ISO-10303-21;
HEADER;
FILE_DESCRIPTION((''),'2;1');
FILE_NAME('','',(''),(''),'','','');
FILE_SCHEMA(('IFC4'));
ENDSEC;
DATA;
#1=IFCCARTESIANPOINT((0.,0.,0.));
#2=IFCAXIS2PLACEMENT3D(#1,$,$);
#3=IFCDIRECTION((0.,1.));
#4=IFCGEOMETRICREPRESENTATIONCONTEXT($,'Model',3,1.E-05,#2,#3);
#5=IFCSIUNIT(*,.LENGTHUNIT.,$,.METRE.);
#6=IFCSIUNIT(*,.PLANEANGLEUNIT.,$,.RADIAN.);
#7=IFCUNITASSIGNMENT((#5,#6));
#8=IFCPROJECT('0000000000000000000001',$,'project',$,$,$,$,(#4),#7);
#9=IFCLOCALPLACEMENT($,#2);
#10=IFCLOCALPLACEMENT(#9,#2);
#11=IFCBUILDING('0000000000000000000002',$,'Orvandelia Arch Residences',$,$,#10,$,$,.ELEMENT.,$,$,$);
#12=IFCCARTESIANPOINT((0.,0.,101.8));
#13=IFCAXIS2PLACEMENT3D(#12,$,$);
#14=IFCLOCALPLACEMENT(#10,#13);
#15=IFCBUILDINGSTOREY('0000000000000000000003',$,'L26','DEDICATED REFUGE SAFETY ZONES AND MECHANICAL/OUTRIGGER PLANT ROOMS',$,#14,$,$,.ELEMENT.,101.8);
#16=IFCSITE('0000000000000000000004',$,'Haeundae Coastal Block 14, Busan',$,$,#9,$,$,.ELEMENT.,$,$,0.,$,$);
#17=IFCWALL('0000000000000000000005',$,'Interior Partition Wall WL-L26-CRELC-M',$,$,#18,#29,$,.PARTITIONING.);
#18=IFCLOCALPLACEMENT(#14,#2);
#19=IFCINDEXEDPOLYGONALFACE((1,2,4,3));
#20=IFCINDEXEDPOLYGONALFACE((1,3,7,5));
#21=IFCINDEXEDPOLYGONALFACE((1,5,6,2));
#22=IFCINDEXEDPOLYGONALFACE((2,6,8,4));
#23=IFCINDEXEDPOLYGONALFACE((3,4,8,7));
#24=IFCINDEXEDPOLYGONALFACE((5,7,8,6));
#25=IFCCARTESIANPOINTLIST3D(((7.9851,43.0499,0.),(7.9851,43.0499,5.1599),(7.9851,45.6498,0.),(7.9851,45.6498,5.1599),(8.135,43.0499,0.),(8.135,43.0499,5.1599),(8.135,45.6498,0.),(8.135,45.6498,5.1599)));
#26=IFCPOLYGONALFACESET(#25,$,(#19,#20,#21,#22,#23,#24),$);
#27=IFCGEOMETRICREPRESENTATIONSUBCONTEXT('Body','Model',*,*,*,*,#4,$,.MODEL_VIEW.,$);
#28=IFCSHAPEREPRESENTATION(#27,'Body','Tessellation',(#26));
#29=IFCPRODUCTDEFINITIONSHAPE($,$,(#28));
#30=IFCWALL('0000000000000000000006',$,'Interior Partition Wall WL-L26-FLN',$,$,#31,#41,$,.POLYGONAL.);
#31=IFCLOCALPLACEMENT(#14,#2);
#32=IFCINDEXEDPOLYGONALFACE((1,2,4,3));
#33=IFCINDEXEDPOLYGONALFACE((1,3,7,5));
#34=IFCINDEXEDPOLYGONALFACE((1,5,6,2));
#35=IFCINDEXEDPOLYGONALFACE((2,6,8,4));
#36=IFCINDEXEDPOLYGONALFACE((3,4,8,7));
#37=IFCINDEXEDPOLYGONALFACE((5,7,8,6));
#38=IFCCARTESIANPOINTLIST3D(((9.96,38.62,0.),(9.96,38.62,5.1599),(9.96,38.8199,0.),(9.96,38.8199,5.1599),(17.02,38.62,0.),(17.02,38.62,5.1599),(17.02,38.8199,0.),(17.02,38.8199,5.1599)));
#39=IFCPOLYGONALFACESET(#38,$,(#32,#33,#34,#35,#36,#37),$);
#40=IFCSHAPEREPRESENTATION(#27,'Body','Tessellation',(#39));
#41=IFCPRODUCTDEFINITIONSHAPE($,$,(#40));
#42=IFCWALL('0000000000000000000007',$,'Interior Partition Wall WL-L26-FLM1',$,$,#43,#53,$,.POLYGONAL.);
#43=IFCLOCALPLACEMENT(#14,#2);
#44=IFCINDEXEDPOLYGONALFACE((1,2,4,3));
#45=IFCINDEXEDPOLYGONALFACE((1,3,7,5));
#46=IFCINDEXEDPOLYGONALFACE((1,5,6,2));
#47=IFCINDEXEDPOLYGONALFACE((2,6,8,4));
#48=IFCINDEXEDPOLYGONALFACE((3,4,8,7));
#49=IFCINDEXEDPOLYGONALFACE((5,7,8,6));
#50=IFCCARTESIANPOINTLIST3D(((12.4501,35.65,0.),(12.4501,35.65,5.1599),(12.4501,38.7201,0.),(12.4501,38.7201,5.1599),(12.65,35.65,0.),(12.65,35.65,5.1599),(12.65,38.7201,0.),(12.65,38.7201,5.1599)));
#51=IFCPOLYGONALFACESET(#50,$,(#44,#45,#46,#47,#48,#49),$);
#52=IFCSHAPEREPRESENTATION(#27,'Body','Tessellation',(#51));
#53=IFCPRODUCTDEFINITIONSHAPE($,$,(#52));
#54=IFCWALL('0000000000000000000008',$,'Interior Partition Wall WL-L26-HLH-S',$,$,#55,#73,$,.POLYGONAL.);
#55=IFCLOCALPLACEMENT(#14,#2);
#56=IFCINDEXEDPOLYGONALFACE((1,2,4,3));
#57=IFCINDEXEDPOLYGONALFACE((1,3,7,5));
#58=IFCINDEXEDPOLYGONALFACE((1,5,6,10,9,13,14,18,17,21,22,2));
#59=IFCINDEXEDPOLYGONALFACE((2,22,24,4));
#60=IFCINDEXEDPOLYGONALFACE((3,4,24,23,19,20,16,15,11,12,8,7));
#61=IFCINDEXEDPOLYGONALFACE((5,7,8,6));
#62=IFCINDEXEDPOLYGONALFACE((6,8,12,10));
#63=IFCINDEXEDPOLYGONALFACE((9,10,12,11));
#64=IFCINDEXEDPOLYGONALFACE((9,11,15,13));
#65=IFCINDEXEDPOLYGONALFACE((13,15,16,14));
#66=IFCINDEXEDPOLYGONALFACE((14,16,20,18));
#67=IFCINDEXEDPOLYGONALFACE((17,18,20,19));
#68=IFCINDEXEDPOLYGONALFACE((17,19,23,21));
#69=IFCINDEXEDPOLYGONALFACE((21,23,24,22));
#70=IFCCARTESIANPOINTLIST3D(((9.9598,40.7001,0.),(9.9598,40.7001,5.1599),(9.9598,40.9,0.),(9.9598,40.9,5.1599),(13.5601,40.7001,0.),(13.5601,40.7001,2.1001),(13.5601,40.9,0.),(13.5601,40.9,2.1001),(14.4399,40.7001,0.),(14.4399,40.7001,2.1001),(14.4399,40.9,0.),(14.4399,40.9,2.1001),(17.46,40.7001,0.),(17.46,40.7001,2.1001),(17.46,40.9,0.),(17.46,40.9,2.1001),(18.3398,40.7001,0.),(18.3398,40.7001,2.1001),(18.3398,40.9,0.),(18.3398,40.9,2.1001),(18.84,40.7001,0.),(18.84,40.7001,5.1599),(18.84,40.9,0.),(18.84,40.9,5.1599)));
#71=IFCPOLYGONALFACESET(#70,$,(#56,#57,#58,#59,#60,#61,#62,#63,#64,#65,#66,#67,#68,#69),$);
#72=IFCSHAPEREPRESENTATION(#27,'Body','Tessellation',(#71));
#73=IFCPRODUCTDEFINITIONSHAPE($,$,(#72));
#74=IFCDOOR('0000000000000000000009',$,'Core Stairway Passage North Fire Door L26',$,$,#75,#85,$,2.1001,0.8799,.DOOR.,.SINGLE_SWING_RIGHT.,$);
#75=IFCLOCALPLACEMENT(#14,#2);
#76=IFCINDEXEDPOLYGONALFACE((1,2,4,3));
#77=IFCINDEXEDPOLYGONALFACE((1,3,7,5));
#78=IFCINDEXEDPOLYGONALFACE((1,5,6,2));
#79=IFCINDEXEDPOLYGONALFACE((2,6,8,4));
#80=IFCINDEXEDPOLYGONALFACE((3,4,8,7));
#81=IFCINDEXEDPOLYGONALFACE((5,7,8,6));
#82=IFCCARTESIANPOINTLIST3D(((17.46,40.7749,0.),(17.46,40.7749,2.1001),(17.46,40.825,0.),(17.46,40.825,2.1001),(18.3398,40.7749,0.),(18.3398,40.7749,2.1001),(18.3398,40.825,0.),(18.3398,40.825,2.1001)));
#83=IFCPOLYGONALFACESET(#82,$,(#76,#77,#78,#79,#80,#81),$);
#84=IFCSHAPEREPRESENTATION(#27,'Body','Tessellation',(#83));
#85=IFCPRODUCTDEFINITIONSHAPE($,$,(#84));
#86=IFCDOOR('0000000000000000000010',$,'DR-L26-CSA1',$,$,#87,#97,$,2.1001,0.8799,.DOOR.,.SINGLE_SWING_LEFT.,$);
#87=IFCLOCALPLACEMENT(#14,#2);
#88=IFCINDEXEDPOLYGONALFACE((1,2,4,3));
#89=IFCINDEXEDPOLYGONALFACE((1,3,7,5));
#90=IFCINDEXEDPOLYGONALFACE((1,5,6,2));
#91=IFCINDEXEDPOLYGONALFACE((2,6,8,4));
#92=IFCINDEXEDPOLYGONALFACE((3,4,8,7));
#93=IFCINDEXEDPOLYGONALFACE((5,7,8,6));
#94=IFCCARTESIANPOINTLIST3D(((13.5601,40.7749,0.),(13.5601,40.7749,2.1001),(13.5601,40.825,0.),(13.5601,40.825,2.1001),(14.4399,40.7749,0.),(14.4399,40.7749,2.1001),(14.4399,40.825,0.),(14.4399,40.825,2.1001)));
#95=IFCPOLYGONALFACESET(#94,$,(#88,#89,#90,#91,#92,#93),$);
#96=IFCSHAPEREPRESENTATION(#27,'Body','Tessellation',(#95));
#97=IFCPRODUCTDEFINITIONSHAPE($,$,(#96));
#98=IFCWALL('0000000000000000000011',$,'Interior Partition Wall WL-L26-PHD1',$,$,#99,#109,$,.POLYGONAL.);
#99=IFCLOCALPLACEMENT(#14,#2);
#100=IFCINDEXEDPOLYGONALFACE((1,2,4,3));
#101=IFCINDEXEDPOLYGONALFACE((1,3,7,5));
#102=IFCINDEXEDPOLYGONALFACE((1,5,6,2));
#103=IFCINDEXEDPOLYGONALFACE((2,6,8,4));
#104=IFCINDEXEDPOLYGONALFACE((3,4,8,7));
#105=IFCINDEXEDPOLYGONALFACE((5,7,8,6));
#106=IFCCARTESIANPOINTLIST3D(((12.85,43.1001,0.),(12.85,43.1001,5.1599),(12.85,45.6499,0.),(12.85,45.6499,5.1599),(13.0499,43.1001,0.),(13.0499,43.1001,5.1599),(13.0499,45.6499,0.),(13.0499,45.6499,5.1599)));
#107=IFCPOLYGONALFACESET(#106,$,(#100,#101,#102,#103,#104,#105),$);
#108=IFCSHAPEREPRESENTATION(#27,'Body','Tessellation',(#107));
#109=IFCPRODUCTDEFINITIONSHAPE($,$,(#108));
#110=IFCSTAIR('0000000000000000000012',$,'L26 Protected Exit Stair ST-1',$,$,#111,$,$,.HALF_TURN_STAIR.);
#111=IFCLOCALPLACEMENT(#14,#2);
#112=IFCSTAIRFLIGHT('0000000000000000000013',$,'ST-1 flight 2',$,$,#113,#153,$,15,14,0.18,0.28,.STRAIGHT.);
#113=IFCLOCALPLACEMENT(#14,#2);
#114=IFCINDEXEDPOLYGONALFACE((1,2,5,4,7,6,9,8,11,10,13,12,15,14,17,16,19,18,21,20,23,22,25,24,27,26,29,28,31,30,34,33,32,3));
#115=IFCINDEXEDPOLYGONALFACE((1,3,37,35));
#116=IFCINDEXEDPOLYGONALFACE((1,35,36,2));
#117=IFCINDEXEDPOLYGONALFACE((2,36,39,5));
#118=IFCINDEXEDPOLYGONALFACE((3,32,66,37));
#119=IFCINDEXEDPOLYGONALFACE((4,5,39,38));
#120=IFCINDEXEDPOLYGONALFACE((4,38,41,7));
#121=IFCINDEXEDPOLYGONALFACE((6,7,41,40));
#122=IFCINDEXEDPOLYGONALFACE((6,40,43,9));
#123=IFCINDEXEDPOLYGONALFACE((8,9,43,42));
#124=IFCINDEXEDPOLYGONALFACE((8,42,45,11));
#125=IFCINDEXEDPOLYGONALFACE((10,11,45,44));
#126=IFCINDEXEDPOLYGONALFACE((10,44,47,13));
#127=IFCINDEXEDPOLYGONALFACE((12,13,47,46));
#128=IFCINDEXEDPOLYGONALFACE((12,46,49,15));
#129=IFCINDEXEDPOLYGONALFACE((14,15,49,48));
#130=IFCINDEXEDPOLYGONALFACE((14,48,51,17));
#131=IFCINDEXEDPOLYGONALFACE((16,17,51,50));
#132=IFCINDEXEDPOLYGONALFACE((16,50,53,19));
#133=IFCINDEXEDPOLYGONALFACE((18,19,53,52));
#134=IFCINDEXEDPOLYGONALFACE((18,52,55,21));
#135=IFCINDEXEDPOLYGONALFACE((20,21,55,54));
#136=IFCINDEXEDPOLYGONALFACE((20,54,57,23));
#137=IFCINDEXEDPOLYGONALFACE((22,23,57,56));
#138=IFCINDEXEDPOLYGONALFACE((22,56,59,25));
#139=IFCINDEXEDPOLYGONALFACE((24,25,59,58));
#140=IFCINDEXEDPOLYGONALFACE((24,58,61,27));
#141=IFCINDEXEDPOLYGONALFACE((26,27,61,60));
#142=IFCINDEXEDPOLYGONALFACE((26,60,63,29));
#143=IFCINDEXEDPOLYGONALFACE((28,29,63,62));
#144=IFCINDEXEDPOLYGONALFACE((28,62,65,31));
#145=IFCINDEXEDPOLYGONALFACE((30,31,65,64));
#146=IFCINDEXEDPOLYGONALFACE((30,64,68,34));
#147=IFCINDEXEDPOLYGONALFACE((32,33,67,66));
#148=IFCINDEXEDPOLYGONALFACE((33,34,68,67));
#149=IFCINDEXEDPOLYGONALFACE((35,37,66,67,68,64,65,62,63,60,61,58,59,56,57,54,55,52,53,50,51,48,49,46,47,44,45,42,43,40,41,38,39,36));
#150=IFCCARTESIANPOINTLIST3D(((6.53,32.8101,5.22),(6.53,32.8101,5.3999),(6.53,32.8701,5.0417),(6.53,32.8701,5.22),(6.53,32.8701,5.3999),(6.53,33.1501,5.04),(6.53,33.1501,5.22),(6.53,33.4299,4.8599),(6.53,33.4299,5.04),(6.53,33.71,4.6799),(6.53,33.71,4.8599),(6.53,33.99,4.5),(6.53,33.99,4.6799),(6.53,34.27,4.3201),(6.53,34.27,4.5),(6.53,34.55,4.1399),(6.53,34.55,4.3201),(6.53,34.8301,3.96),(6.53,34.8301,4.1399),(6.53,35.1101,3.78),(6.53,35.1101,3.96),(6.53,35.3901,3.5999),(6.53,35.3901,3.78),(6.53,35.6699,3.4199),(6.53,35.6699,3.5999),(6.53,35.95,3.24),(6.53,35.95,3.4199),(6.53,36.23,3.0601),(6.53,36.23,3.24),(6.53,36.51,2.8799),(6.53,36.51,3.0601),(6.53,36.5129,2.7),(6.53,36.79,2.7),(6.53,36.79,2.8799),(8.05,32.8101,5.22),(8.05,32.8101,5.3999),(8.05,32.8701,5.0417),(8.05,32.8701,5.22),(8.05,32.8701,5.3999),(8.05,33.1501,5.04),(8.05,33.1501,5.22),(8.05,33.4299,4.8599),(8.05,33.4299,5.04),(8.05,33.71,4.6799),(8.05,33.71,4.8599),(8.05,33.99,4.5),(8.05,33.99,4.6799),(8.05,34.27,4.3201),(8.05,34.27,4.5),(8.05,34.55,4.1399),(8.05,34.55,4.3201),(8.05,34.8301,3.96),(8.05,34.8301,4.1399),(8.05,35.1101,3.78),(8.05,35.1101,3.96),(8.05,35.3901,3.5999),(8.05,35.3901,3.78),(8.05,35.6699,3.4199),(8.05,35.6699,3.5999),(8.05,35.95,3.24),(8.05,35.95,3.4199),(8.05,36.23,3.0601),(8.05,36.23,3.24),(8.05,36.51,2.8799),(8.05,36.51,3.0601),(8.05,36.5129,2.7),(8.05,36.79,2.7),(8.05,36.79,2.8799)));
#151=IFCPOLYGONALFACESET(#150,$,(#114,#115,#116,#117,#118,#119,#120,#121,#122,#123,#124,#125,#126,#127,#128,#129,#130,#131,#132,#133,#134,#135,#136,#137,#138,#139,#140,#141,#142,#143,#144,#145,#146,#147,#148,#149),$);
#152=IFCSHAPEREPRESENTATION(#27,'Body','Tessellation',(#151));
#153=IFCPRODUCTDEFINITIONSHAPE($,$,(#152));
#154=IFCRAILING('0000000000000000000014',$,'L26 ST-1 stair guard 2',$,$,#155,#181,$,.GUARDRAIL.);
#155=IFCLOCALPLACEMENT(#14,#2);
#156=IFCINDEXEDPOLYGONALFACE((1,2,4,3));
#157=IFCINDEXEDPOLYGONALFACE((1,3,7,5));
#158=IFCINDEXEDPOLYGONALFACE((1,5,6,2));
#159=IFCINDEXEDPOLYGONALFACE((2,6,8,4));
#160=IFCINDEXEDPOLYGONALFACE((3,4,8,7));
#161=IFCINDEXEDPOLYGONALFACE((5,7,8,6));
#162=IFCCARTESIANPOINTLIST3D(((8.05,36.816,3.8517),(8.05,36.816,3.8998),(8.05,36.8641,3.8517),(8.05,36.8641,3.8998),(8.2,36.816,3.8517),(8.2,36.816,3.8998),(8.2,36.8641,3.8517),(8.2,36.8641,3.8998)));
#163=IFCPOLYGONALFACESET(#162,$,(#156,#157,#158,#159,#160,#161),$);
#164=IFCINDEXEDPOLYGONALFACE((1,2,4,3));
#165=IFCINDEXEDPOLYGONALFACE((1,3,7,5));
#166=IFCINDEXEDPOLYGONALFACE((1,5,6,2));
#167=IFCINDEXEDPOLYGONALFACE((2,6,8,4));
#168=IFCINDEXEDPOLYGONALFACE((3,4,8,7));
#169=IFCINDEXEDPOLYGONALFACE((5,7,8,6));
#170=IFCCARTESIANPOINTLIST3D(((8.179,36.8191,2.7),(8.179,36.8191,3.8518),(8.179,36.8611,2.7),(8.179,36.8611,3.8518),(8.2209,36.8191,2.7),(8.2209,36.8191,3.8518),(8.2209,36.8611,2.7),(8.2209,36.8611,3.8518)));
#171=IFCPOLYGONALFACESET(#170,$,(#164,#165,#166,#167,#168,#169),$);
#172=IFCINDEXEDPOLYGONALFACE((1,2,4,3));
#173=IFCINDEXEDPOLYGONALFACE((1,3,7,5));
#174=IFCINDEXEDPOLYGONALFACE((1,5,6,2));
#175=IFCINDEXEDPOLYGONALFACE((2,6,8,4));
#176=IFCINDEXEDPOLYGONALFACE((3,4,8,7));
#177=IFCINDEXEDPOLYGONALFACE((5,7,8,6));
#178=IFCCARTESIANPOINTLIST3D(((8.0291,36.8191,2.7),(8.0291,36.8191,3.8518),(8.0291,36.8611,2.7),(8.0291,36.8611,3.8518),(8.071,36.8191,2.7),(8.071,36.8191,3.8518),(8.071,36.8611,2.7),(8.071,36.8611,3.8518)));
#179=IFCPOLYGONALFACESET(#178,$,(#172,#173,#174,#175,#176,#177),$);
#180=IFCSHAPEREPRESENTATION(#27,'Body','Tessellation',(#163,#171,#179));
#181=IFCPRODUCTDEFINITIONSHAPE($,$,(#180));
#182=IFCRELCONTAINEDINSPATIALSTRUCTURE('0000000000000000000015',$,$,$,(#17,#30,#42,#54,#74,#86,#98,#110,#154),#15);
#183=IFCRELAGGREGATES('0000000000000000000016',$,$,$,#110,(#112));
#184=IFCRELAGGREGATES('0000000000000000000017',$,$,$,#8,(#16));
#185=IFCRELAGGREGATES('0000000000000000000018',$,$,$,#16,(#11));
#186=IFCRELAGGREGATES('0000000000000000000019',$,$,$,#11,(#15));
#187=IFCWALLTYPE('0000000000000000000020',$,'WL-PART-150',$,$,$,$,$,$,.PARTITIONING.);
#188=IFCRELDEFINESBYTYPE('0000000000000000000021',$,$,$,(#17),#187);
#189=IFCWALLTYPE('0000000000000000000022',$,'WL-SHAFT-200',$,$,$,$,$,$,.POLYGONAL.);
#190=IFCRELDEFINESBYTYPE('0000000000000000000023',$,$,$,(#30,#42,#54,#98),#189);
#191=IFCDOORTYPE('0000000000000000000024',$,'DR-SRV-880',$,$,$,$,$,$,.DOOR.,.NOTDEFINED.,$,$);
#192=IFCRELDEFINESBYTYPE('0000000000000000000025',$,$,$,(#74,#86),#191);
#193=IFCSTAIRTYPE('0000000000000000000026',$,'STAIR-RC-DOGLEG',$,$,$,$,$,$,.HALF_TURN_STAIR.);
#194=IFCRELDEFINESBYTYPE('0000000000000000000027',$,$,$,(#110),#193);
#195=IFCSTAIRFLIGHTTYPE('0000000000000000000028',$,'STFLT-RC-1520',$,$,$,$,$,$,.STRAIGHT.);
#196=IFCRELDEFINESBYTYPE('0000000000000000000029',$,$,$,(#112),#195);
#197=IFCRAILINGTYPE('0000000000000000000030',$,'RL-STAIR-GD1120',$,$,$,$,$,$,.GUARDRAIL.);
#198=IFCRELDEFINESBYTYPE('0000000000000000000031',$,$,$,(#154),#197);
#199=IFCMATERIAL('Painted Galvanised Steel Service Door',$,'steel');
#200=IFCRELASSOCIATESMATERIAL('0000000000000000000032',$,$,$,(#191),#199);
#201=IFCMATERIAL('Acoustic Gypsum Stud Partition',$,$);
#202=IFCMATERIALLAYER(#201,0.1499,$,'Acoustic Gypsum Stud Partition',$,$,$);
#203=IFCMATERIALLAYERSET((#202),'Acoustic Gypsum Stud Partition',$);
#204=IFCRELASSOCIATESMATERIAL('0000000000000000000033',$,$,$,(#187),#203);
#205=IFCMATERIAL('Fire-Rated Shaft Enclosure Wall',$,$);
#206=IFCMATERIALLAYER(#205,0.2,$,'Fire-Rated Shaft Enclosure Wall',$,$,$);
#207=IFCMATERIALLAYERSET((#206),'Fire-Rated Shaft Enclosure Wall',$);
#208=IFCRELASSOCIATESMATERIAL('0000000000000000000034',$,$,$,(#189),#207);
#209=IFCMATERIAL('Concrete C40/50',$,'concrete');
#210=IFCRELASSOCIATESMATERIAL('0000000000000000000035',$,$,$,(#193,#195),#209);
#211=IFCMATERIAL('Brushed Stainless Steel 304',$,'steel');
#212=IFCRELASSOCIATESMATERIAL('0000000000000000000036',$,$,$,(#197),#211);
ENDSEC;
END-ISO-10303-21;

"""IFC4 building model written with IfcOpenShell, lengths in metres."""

from ifc_helpers import new_model, si_unit, direction, frame, frame_2d, origin, origin_2d, place, context, subcontext, project, spatial, polyline, rectangle, outline, extrude, material, layer, layer_set, type_object, element, fill, aggregate, save


model = new_model("IFC4")

# Units and contexts
model_context = context("Model", 3, precision=1e-05, world=origin(), true_north=direction((0.0, 1.0)))
body_context = subcontext(model_context, "Body", "Model", "MODEL_VIEW")
ifc_project = project(units=[si_unit("LENGTHUNIT", "METRE"), si_unit("PLANEANGLEUNIT", "RADIAN")], contexts=[model_context])

# Site, building, storey
site_placement = place(None, origin())
site = spatial("IfcSite", under=ifc_project, at=site_placement, Name="Haeundae Coastal Block 14, Busan", CompositionType="ELEMENT", RefElevation=0.0)
building_placement = place(site_placement, origin())
building = spatial("IfcBuilding", under=site, at=building_placement, Name="Orvandelia Arch Residences", CompositionType="ELEMENT")
storey_placement = place(building_placement, frame((0.0, 0.0, 101.8)))
storey = spatial("IfcBuildingStorey", under=building, at=storey_placement, Name="L26", Description="DEDICATED REFUGE SAFETY ZONES AND MECHANICAL/OUTRIGGER PLANT ROOMS", CompositionType="ELEMENT", Elevation=101.8)

# Shared definitions
ifc_material_1 = material(Name="Painted Galvanised Steel Service Door", Category="steel")
door_type_1 = type_object("IfcDoorType", Name="DR-SRV-880", OperationType="NOTDEFINED", PredefinedType="DOOR", material=ifc_material_1)

# Walls
ifc_material_2 = material(Name="Acoustic Gypsum Stud Partition")
ifc_layer_1 = layer(ifc_material_2, 0.1499, Name="Acoustic Gypsum Stud Partition")
ifc_layer_set_1 = layer_set([ifc_layer_1], Name="Acoustic Gypsum Stud Partition")
wall_type_1 = type_object("IfcWallType", Name="WL-PART-150", PredefinedType="PARTITIONING", material=ifc_layer_set_1)
wall_1_placement = place(storey_placement, frame((8.0601, 43.05, 0.0), z_axis=(0.0, 0.0, 1.0), x_axis=(0.0, 1.0, 0.0)))
element("IfcWall", 1, at=wall_1_placement, inside=storey, type_object=wall_type_1, Name="Interior Partition Wall WL-L26-CRELC-M", PredefinedType="PARTITIONING", context=body_context, shape_type="SweptSolid", body=[
    extrude(rectangle(XDim=2.5999, YDim=0.1499, at=frame_2d((1.2998, 0.0))), origin(), (0.0, 0.0, 1.0), 5.1599),
])
ifc_material_3 = material(Name="Fire-Rated Shaft Enclosure Wall")
ifc_layer_2 = layer(ifc_material_3, 0.2, Name="Fire-Rated Shaft Enclosure Wall")
ifc_layer_set_2 = layer_set([ifc_layer_2], Name="Fire-Rated Shaft Enclosure Wall")
wall_type_2 = type_object("IfcWallType", Name="WL-SHAFT-200", PredefinedType="POLYGONAL", material=ifc_layer_set_2)
wall_2_placement = place(storey_placement, frame((9.96, 38.72, 0.0), z_axis=(0.0, 0.0, 1.0), x_axis=(1.0, 0.0, 0.0)))
element("IfcWall", 2, at=wall_2_placement, inside=storey, type_object=wall_type_2, Name="Interior Partition Wall WL-L26-FLN", PredefinedType="POLYGONAL", context=body_context, shape_type="SweptSolid", body=[
    extrude(rectangle(XDim=7.0601, YDim=0.2, at=frame_2d((3.53, 0.0))), origin(), (0.0, 0.0, 1.0), 5.1599),
])
wall_3_placement = place(storey_placement, frame((12.55, 35.6499, 0.0), z_axis=(0.0, 0.0, 1.0), x_axis=(0.0, 1.0, 0.0)))
element("IfcWall", 3, at=wall_3_placement, inside=storey, type_object=wall_type_2, Name="Interior Partition Wall WL-L26-FLM1", PredefinedType="POLYGONAL", context=body_context, shape_type="SweptSolid", body=[
    extrude(rectangle(XDim=3.0701, YDim=0.2, at=frame_2d((1.5352, 0.0))), origin(), (0.0, 0.0, 1.0), 5.1599),
])

# Wall, openings, doors
wall_4_placement = place(storey_placement, frame((9.96, 40.8, 0.0), z_axis=(0.0, 0.0, 1.0), x_axis=(1.0, 0.0, 0.0)))
wall_4 = element("IfcWall", 4, at=wall_4_placement, inside=storey, type_object=wall_type_2, Name="Interior Partition Wall WL-L26-HLH-S", PredefinedType="POLYGONAL", context=body_context, shape_type="SweptSolid", body=[
    extrude(rectangle(XDim=8.8801, YDim=0.2, at=frame_2d((4.4399, 0.0))), origin(), (0.0, 0.0, 1.0), 5.1599),
])
opening_1_placement = place(wall_4_placement, frame((7.5, 0.0, 0.0)))
opening_1 = element("IfcOpeningElement", 5, at=opening_1_placement, cuts=wall_4, PredefinedType="OPENING", context=body_context, shape_type="SweptSolid", body=[
    extrude(rectangle(XDim=0.8799, YDim=2.1001, at=frame_2d((0.4399, 1.05))), frame((0.0, 0.1099, 0.0), z_axis=(0.0, -1.0, 0.0), x_axis=(1.0, 0.0, 0.0)), (0.0, 0.0, 1.0), 0.22),
])
opening_2_placement = place(wall_4_placement, frame((3.6001, 0.0, 0.0)))
opening_2 = element("IfcOpeningElement", 6, at=opening_2_placement, cuts=wall_4, PredefinedType="OPENING", context=body_context, shape_type="SweptSolid", body=[
    extrude(rectangle(XDim=0.8799, YDim=2.1001, at=frame_2d((0.4399, 1.05))), frame((0.0, 0.1099, 0.0), z_axis=(0.0, -1.0, 0.0), x_axis=(1.0, 0.0, 0.0)), (0.0, 0.0, 1.0), 0.22),
])
door_1_placement = place(opening_1_placement, origin())
door_1 = element("IfcDoor", 7, at=door_1_placement, inside=storey, type_object=door_type_1, Name="Core Stairway Passage North Fire Door L26", OperationType="SINGLE_SWING_RIGHT", OverallHeight=2.1001, OverallWidth=0.8799, PredefinedType="DOOR", context=body_context, shape_type="SweptSolid", body=[
    extrude(rectangle(XDim=0.8799, YDim=2.1001, at=frame_2d((0.4399, 1.05))), frame((0.0, 0.0249, 0.0), z_axis=(0.0, -1.0, 0.0), x_axis=(1.0, 0.0, 0.0)), (0.0, 0.0, 1.0), 0.05),
])
fill(opening_1, door_1)
door_2_placement = place(opening_2_placement, origin())
door_2 = element("IfcDoor", 8, at=door_2_placement, inside=storey, type_object=door_type_1, Name="DR-L26-CSA1", OperationType="SINGLE_SWING_LEFT", OverallHeight=2.1001, OverallWidth=0.8799, PredefinedType="DOOR", context=body_context, shape_type="SweptSolid", body=[
    extrude(rectangle(XDim=0.8799, YDim=2.1001, at=frame_2d((0.4399, 1.05))), frame((0.0, 0.0249, 0.0), z_axis=(0.0, -1.0, 0.0), x_axis=(1.0, 0.0, 0.0)), (0.0, 0.0, 1.0), 0.05),
])
fill(opening_2, door_2)

# Wall
wall_5_placement = place(storey_placement, frame((12.95, 43.1001, 0.0), z_axis=(0.0, 0.0, 1.0), x_axis=(0.0, 1.0, 0.0)))
element("IfcWall", 9, at=wall_5_placement, inside=storey, type_object=wall_type_2, Name="Interior Partition Wall WL-L26-PHD1", PredefinedType="POLYGONAL", context=body_context, shape_type="SweptSolid", body=[
    extrude(rectangle(XDim=2.5498, YDim=0.2, at=frame_2d((1.2749, 0.0))), origin(), (0.0, 0.0, 1.0), 5.1599),
])

# Stair, stair flight
ifc_material_4 = material(Name="Concrete C40/50", Category="concrete")
stair_type = type_object("IfcStairType", Name="STAIR-RC-DOGLEG", PredefinedType="HALF_TURN_STAIR", material=ifc_material_4)
stair_placement = place(storey_placement, origin())
stair = element("IfcStair", 10, at=stair_placement, inside=storey, type_object=stair_type, Name="L26 Protected Exit Stair ST-1", PredefinedType="HALF_TURN_STAIR")
stair_flight_type = type_object("IfcStairFlightType", Name="STFLT-RC-1520", PredefinedType="STRAIGHT", material=ifc_material_4)
stair_flight_placement = place(storey_placement, frame((7.29, 36.79, 2.7), z_axis=(0.0, 0.0, 1.0), x_axis=(0.0, -1.0, 0.0)))
stair_flight = element("IfcStairFlight", 11, at=stair_flight_placement, type_object=stair_flight_type, Name="ST-1 flight 2", NumberOfRisers=15, NumberOfTreads=14, PredefinedType="STRAIGHT", RiserHeight=0.18, TreadLength=0.28, context=body_context, shape_type="SweptSolid", body=[
    extrude(outline(polyline([(0.0, 0.0), (0.0, 0.1799), (0.28, 0.1799), (0.28, 0.3601), (0.5601, 0.3601), (0.5601, 0.54), (0.8401, 0.54), (0.8401, 0.72), (1.1201, 0.72), (1.1201, 0.8999), (1.3999, 0.8999), (1.3999, 1.0801), (1.6799, 1.0801), (1.6799, 1.26), (1.96, 1.26), (1.96, 1.4399), (2.24, 1.4399), (2.24, 1.6201), (2.52, 1.6201), (2.52, 1.8), (2.8, 1.8), (2.8, 1.98), (3.0801, 1.98), (3.0801, 2.1599), (3.3601, 2.1599), (3.3601, 2.3401), (3.6399, 2.3401), (3.6399, 2.52), (3.9199, 2.52), (3.9199, 2.7), (3.98, 2.7), (3.98, 2.52), (3.9199, 2.3418), (0.2771, 0.0), (0.0, 0.0)])), frame((0.0, 0.76, 0.0), z_axis=(0.0, -1.0, 0.0), x_axis=(1.0, 0.0, 0.0)), (0.0, 0.0, 1.0), 1.52),
])
aggregate(stair, [stair_flight])

# Railing
ifc_material_5 = material(Name="Brushed Stainless Steel 304", Category="steel")
railing_type = type_object("IfcRailingType", Name="RL-STAIR-GD1120", PredefinedType="GUARDRAIL", material=ifc_material_5)
railing_1_placement = place(storey_placement, frame((8.2, 36.8401, 2.7)))
element("IfcRailing", 12, at=railing_1_placement, inside=storey, type_object=railing_type, Name="L26 ST-1 stair guard 2", PredefinedType="GUARDRAIL", context=body_context, shape_type="SweptSolid", body=[
    extrude(rectangle(XDim=0.0481, YDim=0.0481, at=origin_2d()), frame((0.0, 0.0, 1.1758), z_axis=(-1.0, 0.0, 0.0), x_axis=(0.0, -1.0, 0.0)), (0.0, 0.0, 1.0), 0.1499),
    extrude(rectangle(XDim=0.042, YDim=0.042, at=origin_2d()), origin(), (0.0, 0.0, 1.0), 1.1519),
    extrude(rectangle(XDim=0.042, YDim=0.042, at=origin_2d()), frame((-0.1499, 0.0, 0.0)), (0.0, 0.0, 1.0), 1.1519),
])

save(model, "model.ifc")
